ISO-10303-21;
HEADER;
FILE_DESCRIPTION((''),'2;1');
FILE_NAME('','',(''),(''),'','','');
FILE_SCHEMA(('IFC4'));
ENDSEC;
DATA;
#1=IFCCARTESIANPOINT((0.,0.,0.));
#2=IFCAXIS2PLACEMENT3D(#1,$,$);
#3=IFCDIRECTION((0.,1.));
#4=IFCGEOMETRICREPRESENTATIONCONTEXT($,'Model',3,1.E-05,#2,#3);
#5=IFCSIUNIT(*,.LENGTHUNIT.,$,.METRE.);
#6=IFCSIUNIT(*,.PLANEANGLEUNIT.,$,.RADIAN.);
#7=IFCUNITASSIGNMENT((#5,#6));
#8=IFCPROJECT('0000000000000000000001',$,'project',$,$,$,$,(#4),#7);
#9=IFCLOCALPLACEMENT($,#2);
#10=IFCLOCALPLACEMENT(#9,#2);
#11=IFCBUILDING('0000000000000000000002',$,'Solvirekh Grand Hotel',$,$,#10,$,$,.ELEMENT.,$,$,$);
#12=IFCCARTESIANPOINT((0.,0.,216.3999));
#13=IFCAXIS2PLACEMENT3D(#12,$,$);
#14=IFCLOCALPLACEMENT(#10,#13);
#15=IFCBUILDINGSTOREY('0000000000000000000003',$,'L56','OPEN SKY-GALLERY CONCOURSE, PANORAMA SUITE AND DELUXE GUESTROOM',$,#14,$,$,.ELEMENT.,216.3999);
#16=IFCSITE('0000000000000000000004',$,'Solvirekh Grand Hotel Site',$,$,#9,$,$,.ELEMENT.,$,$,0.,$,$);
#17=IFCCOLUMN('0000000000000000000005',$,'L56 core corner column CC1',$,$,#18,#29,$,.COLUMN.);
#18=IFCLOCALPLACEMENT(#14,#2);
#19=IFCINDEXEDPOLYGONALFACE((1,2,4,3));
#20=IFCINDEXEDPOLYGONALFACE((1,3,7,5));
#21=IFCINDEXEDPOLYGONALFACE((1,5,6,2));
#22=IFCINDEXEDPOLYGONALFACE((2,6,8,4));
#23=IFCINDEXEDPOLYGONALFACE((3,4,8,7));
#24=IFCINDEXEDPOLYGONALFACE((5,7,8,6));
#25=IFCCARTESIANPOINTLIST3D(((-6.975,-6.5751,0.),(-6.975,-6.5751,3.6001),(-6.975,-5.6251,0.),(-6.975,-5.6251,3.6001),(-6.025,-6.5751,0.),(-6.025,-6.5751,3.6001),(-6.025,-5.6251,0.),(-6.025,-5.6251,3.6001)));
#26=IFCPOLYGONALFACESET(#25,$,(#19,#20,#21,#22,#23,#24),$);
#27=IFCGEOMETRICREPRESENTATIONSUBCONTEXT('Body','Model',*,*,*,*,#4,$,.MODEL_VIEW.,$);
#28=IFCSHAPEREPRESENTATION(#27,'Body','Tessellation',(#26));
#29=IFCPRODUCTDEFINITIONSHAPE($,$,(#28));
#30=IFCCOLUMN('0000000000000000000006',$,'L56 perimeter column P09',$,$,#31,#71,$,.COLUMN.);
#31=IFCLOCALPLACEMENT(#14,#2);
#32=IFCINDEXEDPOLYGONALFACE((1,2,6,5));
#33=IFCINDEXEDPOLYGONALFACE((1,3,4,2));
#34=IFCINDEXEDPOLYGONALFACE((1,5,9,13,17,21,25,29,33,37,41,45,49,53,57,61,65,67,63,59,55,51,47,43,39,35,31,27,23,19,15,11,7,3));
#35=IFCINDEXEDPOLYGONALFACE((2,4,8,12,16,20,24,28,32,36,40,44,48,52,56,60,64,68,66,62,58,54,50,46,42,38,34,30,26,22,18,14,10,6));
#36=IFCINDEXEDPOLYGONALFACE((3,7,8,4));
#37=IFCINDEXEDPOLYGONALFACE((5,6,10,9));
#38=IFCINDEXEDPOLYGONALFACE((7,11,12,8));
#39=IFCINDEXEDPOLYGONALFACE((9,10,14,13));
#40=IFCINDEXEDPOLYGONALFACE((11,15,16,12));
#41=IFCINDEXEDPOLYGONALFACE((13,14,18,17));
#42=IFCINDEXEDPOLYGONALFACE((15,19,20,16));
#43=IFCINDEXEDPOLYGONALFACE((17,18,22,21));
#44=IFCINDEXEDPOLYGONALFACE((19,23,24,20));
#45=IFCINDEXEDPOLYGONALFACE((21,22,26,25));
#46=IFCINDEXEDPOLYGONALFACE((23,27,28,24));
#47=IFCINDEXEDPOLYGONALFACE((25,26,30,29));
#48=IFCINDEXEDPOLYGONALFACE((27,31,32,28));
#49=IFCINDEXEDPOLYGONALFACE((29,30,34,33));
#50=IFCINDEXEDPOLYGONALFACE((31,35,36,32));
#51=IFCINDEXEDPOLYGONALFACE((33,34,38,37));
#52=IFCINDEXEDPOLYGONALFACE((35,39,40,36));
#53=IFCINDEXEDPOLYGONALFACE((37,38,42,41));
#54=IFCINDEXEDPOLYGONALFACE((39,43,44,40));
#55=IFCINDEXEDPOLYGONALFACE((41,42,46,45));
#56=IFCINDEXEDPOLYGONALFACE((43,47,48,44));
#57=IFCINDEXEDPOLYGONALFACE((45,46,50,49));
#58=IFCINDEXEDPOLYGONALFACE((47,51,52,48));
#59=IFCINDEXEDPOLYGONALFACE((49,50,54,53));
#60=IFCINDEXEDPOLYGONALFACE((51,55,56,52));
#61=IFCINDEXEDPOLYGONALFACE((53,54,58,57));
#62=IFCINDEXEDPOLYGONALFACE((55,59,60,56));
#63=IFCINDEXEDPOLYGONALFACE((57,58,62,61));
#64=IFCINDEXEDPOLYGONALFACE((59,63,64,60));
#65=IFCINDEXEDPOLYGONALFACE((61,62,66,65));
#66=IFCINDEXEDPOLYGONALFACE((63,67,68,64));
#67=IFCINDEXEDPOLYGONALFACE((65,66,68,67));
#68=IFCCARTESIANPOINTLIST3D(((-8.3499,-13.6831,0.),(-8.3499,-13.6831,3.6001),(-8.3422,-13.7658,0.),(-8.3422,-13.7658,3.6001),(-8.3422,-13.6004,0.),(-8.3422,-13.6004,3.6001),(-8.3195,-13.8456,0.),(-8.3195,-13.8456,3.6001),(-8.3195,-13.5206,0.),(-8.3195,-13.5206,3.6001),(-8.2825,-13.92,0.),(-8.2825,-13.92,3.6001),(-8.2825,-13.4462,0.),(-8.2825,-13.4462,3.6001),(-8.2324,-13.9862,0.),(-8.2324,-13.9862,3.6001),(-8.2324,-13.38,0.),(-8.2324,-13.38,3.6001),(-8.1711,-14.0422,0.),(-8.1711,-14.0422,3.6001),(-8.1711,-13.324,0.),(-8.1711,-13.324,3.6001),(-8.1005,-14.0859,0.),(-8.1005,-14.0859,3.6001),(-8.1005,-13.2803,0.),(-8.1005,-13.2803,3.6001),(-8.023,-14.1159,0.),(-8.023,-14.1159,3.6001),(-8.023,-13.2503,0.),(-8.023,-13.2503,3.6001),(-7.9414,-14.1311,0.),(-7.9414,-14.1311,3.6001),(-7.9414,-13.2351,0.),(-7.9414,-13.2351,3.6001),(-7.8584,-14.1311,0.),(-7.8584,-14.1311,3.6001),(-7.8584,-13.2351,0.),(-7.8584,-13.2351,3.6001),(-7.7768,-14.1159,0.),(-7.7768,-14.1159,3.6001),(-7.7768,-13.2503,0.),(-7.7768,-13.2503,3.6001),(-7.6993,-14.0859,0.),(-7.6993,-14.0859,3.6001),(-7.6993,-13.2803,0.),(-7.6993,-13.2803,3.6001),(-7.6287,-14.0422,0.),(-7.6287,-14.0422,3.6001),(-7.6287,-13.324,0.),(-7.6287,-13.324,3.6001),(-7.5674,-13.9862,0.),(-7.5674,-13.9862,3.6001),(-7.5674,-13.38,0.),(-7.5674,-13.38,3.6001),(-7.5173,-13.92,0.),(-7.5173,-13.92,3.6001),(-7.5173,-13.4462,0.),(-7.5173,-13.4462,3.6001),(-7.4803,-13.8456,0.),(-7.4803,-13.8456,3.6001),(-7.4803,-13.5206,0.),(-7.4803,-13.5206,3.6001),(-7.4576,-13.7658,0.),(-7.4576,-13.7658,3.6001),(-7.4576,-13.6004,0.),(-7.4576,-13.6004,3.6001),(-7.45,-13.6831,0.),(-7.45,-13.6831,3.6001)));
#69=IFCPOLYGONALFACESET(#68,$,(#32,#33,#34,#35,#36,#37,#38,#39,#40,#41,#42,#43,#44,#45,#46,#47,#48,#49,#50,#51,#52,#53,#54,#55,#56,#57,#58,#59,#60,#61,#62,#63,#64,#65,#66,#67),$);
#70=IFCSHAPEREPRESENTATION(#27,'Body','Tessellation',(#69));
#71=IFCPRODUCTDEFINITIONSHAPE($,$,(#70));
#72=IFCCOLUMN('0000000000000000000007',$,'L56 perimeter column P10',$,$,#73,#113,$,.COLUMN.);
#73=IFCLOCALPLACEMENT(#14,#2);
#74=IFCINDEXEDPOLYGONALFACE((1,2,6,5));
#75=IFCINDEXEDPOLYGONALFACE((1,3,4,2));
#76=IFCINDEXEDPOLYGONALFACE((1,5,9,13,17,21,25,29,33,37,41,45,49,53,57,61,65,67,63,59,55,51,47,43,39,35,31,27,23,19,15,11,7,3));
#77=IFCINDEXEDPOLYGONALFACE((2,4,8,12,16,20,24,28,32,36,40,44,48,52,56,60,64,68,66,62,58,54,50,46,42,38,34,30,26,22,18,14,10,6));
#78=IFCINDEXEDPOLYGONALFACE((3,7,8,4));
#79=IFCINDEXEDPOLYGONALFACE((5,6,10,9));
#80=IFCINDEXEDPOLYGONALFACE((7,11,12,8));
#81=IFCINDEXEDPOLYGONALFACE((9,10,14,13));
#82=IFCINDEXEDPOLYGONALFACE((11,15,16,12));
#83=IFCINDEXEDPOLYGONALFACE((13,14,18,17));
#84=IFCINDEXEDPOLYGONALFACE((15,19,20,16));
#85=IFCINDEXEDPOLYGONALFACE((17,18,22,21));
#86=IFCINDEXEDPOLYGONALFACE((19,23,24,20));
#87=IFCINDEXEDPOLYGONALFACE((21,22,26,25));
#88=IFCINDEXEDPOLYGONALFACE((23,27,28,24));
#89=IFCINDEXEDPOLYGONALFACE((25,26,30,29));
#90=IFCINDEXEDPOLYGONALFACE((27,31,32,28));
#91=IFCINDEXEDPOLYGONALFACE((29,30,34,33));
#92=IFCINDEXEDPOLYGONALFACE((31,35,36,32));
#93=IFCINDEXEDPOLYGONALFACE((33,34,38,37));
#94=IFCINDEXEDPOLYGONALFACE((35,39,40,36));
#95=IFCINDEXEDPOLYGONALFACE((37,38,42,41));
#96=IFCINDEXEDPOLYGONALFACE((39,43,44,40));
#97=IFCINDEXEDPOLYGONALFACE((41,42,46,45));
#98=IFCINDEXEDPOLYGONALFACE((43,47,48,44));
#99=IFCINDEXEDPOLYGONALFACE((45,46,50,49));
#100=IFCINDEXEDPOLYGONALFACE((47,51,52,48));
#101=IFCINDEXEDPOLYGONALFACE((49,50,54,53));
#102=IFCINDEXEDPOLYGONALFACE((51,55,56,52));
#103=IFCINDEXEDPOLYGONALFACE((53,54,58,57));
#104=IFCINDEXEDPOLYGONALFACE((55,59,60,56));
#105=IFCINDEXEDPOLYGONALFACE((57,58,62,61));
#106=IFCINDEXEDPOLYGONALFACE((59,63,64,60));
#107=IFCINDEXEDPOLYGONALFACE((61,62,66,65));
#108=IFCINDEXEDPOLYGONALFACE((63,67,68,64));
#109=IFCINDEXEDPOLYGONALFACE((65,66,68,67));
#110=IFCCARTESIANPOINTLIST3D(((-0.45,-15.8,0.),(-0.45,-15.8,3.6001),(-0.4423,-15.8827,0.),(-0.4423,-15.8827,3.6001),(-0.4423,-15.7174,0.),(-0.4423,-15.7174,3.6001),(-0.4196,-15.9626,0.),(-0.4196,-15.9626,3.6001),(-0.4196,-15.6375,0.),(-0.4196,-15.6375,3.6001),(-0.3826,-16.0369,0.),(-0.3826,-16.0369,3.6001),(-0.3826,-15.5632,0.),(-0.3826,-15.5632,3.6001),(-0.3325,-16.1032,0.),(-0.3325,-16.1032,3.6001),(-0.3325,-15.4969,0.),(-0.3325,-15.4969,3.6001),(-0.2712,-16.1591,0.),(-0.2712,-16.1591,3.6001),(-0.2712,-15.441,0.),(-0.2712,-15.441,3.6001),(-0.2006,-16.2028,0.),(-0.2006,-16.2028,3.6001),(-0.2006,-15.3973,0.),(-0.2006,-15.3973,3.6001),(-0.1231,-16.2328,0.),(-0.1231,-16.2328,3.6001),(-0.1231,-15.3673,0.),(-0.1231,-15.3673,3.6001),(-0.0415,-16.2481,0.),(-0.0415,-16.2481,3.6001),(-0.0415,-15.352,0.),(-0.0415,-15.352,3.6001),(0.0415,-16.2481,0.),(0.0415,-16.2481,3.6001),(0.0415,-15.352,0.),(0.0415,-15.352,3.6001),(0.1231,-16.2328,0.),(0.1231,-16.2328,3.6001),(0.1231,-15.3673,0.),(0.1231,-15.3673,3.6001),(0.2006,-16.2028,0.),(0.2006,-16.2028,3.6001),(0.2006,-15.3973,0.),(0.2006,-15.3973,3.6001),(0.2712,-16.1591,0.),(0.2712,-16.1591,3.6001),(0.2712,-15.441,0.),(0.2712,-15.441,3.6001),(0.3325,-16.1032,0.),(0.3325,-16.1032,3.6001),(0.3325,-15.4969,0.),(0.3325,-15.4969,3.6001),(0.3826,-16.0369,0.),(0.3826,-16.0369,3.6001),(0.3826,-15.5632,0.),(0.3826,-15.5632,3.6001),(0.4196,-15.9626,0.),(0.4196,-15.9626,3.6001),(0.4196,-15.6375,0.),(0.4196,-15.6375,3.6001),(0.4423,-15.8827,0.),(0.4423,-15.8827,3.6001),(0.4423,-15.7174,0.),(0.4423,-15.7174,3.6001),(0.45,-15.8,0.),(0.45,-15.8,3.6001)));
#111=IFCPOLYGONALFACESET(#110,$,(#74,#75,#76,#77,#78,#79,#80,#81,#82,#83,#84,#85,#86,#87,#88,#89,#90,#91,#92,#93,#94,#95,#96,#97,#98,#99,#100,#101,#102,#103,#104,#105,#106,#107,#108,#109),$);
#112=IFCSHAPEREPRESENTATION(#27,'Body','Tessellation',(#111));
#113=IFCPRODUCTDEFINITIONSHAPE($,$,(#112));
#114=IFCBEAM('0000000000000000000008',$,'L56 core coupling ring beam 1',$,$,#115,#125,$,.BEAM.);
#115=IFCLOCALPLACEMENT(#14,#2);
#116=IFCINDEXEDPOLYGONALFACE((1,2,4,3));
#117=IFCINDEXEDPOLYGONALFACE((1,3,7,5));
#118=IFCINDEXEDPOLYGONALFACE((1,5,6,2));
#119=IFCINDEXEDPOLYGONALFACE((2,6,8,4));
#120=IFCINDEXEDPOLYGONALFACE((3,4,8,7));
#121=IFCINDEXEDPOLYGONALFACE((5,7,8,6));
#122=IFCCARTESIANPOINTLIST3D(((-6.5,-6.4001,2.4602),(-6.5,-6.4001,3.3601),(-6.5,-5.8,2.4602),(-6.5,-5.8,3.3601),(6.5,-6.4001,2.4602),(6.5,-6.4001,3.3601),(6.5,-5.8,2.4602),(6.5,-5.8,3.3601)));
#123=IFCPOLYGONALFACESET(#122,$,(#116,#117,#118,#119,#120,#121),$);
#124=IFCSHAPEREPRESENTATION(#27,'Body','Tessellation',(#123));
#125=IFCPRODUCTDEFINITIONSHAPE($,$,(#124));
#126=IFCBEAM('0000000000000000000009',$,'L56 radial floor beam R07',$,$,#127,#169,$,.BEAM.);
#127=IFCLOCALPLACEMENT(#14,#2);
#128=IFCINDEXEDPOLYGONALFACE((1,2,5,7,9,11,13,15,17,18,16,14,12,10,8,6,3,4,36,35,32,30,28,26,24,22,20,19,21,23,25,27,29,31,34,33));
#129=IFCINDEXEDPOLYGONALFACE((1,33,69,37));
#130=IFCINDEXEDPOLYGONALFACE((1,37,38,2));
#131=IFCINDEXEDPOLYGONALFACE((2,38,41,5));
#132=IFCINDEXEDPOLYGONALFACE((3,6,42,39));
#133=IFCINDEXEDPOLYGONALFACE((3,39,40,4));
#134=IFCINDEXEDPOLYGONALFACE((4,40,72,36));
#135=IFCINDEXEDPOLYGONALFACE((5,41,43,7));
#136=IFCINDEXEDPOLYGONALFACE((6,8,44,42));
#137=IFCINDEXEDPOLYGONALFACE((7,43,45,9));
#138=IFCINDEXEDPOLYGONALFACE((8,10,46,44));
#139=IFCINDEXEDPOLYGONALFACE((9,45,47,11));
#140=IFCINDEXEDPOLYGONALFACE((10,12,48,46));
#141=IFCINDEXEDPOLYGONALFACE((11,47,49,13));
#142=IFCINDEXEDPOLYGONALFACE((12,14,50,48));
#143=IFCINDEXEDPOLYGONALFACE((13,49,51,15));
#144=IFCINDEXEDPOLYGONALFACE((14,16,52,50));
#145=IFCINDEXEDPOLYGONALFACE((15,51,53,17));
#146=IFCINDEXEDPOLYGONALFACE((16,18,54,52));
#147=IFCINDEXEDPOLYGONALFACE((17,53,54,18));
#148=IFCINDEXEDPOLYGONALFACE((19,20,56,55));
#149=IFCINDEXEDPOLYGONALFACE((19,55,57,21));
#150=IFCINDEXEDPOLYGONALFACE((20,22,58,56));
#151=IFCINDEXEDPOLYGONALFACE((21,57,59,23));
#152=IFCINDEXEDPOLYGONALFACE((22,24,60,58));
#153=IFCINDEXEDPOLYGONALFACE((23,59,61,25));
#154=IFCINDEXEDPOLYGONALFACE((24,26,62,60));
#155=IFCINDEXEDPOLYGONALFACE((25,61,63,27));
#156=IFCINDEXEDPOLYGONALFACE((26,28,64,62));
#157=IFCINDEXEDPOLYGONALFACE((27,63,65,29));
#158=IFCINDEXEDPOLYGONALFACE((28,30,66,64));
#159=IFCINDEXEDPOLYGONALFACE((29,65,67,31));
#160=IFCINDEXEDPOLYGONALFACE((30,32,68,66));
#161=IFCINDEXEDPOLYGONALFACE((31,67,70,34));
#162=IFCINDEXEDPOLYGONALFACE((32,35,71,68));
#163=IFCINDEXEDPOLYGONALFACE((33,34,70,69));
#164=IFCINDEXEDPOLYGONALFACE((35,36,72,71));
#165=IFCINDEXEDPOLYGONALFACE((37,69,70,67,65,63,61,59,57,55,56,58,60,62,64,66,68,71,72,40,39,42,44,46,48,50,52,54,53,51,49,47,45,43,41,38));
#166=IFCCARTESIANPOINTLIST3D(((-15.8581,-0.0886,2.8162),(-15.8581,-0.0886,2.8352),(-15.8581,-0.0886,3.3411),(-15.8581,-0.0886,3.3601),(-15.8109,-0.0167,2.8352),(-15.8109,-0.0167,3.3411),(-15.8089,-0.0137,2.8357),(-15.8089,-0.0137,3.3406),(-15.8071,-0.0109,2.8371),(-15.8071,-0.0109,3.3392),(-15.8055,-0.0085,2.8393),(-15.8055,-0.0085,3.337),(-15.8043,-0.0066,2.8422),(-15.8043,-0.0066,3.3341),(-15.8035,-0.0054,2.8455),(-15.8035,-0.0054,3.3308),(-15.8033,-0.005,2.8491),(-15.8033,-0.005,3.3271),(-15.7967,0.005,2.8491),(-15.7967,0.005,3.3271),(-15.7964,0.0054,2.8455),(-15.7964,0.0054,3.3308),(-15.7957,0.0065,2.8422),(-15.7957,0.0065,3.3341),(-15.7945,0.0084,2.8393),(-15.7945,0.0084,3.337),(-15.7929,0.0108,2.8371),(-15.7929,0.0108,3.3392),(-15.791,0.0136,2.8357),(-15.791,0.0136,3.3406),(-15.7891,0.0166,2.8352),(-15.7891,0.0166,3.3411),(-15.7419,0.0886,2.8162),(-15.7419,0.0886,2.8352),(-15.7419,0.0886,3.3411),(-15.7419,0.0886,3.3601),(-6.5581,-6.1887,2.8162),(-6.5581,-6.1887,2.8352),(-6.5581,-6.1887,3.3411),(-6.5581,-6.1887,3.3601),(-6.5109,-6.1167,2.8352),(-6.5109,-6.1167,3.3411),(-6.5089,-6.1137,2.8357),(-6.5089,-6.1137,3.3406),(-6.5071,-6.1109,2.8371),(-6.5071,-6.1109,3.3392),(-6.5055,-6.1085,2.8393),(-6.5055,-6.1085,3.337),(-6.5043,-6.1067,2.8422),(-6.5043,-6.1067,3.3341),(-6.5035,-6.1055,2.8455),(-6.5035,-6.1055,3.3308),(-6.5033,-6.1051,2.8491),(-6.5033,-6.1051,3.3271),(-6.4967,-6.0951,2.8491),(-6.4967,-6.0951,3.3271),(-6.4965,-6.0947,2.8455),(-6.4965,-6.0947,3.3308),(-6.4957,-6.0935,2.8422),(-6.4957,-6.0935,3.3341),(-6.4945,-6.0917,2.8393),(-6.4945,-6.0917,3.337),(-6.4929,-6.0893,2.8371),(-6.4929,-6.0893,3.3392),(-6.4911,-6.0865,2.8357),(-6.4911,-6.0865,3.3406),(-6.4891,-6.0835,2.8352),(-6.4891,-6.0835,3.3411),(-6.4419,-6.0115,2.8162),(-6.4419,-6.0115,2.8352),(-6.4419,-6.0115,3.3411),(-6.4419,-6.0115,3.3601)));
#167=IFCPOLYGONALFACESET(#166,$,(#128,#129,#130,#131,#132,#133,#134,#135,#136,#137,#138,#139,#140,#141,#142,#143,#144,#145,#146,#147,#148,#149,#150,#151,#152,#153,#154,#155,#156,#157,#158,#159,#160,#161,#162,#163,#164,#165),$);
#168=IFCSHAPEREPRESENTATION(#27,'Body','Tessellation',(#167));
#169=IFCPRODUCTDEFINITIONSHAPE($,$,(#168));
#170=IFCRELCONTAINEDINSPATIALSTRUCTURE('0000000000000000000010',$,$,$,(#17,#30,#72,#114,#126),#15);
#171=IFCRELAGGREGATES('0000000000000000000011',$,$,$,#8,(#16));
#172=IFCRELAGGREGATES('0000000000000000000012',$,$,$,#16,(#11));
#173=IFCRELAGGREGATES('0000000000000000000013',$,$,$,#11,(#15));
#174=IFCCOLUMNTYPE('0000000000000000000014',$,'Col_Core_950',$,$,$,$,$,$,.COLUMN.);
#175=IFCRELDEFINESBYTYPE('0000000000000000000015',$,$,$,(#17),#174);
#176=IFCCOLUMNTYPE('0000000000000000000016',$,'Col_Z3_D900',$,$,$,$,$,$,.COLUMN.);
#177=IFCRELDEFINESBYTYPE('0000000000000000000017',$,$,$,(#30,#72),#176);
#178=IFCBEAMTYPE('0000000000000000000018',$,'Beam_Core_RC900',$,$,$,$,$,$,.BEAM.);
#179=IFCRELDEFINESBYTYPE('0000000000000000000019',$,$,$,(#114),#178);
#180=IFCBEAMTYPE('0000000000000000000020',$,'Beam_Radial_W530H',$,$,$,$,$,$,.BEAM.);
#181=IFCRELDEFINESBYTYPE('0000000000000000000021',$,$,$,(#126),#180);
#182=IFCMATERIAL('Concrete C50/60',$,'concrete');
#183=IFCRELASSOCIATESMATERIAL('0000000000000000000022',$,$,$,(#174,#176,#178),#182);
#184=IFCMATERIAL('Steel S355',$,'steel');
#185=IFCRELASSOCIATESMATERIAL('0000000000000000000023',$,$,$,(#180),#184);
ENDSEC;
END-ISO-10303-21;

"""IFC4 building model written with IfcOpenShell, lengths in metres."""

from ifc_helpers import new_model, si_unit, direction, frame, origin, origin_2d, place, context, subcontext, project, spatial, rectangle, circle, i_section, extrude, material, material_profile, profile_set, type_object, element, save


model = new_model("IFC4")

# Units and contexts
model_context = context("Model", 3, precision=1e-05, world=origin(), true_north=direction((0.0, 1.0)))
body_context = subcontext(model_context, "Body", "Model", "MODEL_VIEW")
ifc_project = project(units=[si_unit("LENGTHUNIT", "METRE"), si_unit("PLANEANGLEUNIT", "RADIAN")], contexts=[model_context])

# Site, building, storey
site_placement = place(None, origin())
site = spatial("IfcSite", under=ifc_project, at=site_placement, Name="Solvirekh Grand Hotel Site", CompositionType="ELEMENT", RefElevation=0.0)
building_placement = place(site_placement, origin())
building = spatial("IfcBuilding", under=site, at=building_placement, Name="Solvirekh Grand Hotel", CompositionType="ELEMENT")
storey_placement = place(building_placement, frame((0.0, 0.0, 216.3999)))
storey = spatial("IfcBuildingStorey", under=building, at=storey_placement, Name="L56", Description="OPEN SKY-GALLERY CONCOURSE, PANORAMA SUITE AND DELUXE GUESTROOM", CompositionType="ELEMENT", Elevation=216.3999)

# Columns
ifc_material_1 = material(Name="Concrete C50/60", Category="concrete")
ifc_material_profile_1 = material_profile(ifc_material_1, rectangle(XDim=0.95, YDim=0.95, at=origin_2d()), Name="RC 950X950")
ifc_profile_set_1 = profile_set([ifc_material_profile_1], Name="Concrete C50/60")
column_type_1 = type_object("IfcColumnType", Name="Col_Core_950", PredefinedType="COLUMN", material=ifc_profile_set_1)
column_placement = place(storey_placement, frame((-6.5, -6.1001, 0.0), z_axis=(0.0, 0.0, 1.0), x_axis=(1.0, 0.0, 0.0)))
element("IfcColumn", 1, at=column_placement, inside=storey, type_object=column_type_1, Name="L56 core corner column CC1", PredefinedType="COLUMN", context=body_context, shape_type="SweptSolid", body=[
    extrude(rectangle(XDim=0.95, YDim=0.95, at=origin_2d()), origin(), (0.0, 0.0, 1.0), 3.6001),
])
ifc_material_profile_2 = material_profile(ifc_material_1, circle(Radius=0.45, at=origin_2d()), Name="RC CIRC D900")
ifc_profile_set_2 = profile_set([ifc_material_profile_2], Name="Concrete C50/60")
column_type_2 = type_object("IfcColumnType", Name="Col_Z3_D900", PredefinedType="COLUMN", material=ifc_profile_set_2)
for number, where, z_axis, x_axis, name in (
    (2, (-7.8999, -13.6831, 0.0), (0.0, 0.0, 1.0), (1.0, 0.0, 0.0), "L56 perimeter column P09"),
    (3, (0.0, -15.8, 0.0), (0.0, 0.0, 1.0), (1.0, 0.0, 0.0), "L56 perimeter column P10"),
):
    element("IfcColumn", number, at=place(storey_placement, frame(where, z_axis=z_axis, x_axis=x_axis)), inside=storey, type_object=column_type_2, Name=name, PredefinedType="COLUMN", context=body_context, shape_type="SweptSolid", body=[
        extrude(circle(Radius=0.45, at=origin_2d()), origin(), (0.0, 0.0, 1.0), 3.6001),
    ])

# Beams
ifc_material_profile_3 = material_profile(ifc_material_1, rectangle(XDim=0.6001, YDim=0.8999, at=origin_2d()), Name="RC BEAM 600X900")
ifc_profile_set_3 = profile_set([ifc_material_profile_3], Name="Concrete C50/60")
beam_type_1 = type_object("IfcBeamType", Name="Beam_Core_RC900", PredefinedType="BEAM", material=ifc_profile_set_3)
beam_1_placement = place(storey_placement, frame((-6.5, -6.1001, 2.9102), z_axis=(1.0, 0.0, 0.0), x_axis=(0.0, 1.0, 0.0)))
element("IfcBeam", 4, at=beam_1_placement, inside=storey, type_object=beam_type_1, Name="L56 core coupling ring beam 1", PredefinedType="BEAM", context=body_context, shape_type="SweptSolid", body=[
    extrude(rectangle(XDim=0.6001, YDim=0.8999, at=origin_2d()), origin(), (0.0, 0.0, 1.0), 13.0),
])
ifc_material_2 = material(Name="Steel S355", Category="steel")
ifc_material_profile_4 = material_profile(ifc_material_2, i_section(OverallWidth=0.2119, OverallDepth=0.5439, WebThickness=0.012, FlangeThickness=0.019, FilletRadius=0.0139, at=origin_2d()), Name="W530X123")
ifc_profile_set_4 = profile_set([ifc_material_profile_4], Name="Steel S355")
beam_type_2 = type_object("IfcBeamType", Name="Beam_Radial_W530H", PredefinedType="BEAM", material=ifc_profile_set_4)
beam_2_placement = place(storey_placement, frame((-6.5, -6.1001, 3.0881), z_axis=(-0.836174, 0.548464, 0.0), x_axis=(-0.548464, -0.836174, 0.0)))
element("IfcBeam", 5, at=beam_2_placement, inside=storey, type_object=beam_type_2, Name="L56 radial floor beam R07", PredefinedType="BEAM", context=body_context, shape_type="SweptSolid", body=[
    extrude(i_section(OverallWidth=0.2119, OverallDepth=0.5439, WebThickness=0.012, FlangeThickness=0.019, FilletRadius=0.0139, at=origin_2d()), origin(), (0.0, 0.0, 1.0), 11.1221),
])

save(model, "model.ifc")
